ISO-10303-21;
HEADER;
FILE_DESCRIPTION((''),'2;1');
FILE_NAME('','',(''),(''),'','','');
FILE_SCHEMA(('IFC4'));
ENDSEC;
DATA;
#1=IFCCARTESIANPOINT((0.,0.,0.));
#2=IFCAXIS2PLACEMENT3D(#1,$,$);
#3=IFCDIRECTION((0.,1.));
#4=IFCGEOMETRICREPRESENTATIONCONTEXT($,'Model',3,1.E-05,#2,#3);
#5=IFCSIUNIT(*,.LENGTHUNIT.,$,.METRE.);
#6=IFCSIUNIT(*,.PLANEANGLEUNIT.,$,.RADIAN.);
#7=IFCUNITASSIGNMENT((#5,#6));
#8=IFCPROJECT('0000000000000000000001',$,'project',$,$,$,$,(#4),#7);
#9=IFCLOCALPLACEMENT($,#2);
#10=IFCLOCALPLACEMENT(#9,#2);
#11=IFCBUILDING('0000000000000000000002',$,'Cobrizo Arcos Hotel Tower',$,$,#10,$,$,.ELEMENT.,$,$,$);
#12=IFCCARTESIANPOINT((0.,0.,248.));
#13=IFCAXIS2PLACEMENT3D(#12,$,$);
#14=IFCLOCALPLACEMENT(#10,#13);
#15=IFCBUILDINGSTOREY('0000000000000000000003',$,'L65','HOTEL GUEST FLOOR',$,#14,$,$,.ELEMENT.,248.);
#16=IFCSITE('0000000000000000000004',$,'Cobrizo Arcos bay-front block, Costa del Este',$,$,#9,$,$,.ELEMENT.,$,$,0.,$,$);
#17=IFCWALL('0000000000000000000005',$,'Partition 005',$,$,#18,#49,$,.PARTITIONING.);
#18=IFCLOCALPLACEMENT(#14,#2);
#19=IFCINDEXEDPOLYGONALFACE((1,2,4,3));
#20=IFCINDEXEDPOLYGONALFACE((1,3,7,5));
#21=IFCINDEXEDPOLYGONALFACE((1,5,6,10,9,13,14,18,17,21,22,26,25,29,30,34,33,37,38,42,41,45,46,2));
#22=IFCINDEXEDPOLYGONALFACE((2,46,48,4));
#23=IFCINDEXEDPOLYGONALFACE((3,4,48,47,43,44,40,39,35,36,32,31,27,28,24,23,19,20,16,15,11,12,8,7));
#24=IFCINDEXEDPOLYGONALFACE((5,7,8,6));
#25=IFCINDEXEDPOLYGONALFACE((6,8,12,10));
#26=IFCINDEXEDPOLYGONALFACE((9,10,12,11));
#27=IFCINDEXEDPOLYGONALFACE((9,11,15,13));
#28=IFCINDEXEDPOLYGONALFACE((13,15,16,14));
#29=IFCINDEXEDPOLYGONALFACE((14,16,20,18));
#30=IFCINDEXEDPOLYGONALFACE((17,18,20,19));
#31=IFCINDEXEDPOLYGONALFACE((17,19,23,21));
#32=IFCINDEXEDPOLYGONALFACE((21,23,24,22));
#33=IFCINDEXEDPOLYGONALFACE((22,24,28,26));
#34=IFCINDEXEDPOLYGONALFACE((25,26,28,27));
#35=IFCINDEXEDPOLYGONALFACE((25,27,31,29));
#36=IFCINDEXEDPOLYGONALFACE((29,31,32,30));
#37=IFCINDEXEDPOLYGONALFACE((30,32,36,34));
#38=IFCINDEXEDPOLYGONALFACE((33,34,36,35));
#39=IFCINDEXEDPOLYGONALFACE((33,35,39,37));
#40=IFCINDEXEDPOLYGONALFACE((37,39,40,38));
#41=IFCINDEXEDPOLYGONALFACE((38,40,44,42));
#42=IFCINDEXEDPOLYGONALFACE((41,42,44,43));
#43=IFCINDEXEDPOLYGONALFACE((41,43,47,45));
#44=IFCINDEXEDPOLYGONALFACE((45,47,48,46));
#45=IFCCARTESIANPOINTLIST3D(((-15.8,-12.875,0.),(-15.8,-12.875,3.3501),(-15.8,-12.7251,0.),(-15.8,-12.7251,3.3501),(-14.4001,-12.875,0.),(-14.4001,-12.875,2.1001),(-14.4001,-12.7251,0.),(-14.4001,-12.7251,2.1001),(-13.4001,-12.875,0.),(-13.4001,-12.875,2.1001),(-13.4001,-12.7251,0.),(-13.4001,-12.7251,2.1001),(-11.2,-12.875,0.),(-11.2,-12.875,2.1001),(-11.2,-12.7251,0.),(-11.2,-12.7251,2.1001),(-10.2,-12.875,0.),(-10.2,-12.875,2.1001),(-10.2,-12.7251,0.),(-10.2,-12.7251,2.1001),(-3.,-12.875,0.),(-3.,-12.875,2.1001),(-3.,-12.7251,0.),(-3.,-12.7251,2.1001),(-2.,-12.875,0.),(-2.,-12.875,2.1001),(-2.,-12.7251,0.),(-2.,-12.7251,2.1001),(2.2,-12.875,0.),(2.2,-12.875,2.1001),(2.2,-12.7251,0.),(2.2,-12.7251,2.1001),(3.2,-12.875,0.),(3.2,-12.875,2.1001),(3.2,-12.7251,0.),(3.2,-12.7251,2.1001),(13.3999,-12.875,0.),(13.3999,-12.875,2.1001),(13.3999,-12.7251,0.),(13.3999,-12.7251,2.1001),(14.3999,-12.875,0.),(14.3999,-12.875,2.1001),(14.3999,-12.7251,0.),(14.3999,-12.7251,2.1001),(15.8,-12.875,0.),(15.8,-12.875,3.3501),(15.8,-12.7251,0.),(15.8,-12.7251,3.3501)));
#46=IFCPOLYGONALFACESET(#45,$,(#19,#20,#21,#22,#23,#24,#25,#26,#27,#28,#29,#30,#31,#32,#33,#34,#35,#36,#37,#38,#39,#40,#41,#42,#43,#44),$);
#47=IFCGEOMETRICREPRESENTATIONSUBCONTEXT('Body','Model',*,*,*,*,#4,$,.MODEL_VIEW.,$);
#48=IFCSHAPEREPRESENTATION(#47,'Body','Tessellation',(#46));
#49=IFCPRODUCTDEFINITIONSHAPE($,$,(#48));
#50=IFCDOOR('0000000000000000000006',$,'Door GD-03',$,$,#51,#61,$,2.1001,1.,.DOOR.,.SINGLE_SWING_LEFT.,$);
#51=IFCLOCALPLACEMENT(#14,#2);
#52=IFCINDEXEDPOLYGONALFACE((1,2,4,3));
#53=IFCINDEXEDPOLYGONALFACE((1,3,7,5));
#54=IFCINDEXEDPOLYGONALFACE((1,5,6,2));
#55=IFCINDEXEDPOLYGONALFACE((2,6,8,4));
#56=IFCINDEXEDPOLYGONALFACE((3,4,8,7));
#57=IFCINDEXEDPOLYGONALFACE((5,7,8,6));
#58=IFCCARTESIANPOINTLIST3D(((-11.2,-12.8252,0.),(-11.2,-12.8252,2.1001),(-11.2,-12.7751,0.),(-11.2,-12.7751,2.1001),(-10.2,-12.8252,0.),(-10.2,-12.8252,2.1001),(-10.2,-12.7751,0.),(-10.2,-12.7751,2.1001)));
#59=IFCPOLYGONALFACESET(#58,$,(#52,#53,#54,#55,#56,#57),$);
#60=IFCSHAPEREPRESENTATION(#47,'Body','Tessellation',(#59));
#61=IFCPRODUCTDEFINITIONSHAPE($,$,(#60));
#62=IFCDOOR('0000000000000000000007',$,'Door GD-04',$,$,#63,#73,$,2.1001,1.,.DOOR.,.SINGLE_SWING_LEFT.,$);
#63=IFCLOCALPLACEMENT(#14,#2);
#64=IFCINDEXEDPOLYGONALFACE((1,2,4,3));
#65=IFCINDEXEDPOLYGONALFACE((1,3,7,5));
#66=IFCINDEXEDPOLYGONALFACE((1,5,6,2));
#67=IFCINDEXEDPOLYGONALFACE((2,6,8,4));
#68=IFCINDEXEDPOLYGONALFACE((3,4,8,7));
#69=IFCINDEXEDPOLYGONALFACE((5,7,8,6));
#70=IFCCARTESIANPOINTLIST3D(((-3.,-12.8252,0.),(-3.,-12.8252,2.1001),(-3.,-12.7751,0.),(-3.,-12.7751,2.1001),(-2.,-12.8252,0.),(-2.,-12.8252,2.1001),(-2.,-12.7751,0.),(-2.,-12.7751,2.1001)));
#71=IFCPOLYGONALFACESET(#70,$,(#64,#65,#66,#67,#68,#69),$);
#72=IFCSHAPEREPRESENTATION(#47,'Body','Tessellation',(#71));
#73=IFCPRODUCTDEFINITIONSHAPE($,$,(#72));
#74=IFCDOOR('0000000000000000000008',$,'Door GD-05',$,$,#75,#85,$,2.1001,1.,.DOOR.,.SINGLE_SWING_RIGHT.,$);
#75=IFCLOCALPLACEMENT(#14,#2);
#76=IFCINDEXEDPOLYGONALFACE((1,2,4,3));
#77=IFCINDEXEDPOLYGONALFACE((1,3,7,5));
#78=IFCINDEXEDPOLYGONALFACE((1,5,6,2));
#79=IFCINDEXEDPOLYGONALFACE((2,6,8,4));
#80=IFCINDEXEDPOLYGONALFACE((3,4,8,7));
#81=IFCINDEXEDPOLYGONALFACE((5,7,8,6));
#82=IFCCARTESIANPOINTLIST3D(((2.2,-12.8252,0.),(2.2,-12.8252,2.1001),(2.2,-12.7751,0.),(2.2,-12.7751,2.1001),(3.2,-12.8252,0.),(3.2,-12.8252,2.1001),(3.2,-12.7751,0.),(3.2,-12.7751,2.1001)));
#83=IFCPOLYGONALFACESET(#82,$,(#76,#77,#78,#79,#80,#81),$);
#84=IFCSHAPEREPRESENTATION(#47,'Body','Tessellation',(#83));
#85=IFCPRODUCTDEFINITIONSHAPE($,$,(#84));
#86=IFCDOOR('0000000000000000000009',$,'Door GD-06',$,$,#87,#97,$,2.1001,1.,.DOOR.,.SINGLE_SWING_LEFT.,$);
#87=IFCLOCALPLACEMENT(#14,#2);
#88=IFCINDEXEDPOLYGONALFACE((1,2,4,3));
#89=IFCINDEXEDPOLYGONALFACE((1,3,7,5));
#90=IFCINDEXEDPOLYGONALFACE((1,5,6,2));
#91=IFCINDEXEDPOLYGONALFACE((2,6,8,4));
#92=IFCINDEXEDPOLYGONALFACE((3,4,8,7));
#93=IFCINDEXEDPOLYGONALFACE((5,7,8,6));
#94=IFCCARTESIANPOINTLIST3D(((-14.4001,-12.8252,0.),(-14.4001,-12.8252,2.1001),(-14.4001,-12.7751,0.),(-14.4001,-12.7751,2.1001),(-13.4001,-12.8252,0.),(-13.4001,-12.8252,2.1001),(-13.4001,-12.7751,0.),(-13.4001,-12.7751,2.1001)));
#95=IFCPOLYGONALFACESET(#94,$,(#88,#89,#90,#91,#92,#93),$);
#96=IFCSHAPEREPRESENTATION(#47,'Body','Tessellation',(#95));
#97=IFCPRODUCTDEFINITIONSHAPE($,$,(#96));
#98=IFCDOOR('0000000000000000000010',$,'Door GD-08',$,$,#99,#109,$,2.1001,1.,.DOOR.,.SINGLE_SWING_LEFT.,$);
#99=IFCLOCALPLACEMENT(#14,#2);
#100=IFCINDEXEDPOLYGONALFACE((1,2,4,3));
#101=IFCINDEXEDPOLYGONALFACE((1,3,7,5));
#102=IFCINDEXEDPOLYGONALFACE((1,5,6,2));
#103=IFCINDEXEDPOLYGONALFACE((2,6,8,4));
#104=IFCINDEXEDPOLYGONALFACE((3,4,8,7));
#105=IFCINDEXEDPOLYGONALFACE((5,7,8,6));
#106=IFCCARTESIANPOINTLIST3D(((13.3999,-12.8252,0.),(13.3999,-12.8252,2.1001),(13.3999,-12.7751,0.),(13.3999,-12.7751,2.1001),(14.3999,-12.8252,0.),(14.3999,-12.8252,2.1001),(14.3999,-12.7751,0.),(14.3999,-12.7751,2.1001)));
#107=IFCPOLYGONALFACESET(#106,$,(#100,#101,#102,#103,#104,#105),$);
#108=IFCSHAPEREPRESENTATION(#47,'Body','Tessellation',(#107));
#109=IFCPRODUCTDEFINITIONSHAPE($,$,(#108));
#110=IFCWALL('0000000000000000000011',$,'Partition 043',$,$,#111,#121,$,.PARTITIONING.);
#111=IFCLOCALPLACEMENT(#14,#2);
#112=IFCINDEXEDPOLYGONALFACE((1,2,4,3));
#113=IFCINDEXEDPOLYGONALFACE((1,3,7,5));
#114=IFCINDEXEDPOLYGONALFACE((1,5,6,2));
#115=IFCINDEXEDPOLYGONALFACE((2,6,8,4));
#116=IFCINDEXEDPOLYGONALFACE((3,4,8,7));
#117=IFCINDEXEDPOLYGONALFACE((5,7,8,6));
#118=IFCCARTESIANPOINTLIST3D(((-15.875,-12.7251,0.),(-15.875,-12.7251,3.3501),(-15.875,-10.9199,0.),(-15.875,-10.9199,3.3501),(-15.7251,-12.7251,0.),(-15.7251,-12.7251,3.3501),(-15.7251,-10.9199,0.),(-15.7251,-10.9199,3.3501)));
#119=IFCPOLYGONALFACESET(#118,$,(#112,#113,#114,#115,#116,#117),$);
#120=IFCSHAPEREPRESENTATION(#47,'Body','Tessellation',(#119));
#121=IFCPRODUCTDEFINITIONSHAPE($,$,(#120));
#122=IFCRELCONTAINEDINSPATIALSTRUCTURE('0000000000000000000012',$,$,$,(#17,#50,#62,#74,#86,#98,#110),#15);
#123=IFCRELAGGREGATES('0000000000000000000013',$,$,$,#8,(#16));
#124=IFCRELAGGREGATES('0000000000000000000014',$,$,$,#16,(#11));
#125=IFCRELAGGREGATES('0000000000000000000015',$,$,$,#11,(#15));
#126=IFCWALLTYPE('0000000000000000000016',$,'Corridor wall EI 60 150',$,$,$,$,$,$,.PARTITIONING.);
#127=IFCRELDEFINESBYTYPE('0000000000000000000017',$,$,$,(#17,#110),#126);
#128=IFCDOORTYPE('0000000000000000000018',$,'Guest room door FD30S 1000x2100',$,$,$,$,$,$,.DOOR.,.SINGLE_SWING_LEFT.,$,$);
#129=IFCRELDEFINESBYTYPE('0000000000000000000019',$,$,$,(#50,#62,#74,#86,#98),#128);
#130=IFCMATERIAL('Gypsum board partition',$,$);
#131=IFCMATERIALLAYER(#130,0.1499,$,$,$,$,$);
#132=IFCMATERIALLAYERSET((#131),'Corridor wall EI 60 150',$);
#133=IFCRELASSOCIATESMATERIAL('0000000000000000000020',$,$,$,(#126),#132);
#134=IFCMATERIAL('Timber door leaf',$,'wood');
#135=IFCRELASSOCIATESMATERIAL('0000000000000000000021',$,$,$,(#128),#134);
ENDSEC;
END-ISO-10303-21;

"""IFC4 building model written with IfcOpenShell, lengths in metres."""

from ifc_helpers import new_model, si_unit, direction, frame, frame_2d, origin, place, context, subcontext, project, spatial, rectangle, extrude, material, layer, layer_set, type_object, element, fill, save


model = new_model("IFC4")

# Units and contexts
model_context = context("Model", 3, precision=1e-05, world=origin(), true_north=direction((0.0, 1.0)))
body_context = subcontext(model_context, "Body", "Model", "MODEL_VIEW")
ifc_project = project(units=[si_unit("LENGTHUNIT", "METRE"), si_unit("PLANEANGLEUNIT", "RADIAN")], contexts=[model_context])

# Site, building, storey
site_placement = place(None, origin())
site = spatial("IfcSite", under=ifc_project, at=site_placement, Name="Cobrizo Arcos bay-front block, Costa del Este", CompositionType="ELEMENT", RefElevation=0.0)
building_placement = place(site_placement, origin())
building = spatial("IfcBuilding", under=site, at=building_placement, Name="Cobrizo Arcos Hotel Tower", CompositionType="ELEMENT")
storey_placement = place(building_placement, frame((0.0, 0.0, 248.0)))
storey = spatial("IfcBuildingStorey", under=building, at=storey_placement, Name="L65", Description="HOTEL GUEST FLOOR", CompositionType="ELEMENT", Elevation=248.0)

# Wall, openings, doors
ifc_material_1 = material(Name="Gypsum board partition")
ifc_layer_1 = layer(ifc_material_1, 0.1499)
ifc_layer_set_1 = layer_set([ifc_layer_1], Name="Corridor wall EI 60 150")
wall_type_1 = type_object("IfcWallType", Name="Corridor wall EI 60 150", PredefinedType="PARTITIONING", material=ifc_layer_set_1)
wall_1_placement = place(storey_placement, frame((-15.8, -12.8, 0.0), z_axis=(0.0, 0.0, 1.0), x_axis=(1.0, 0.0, 0.0)))
wall_1 = element("IfcWall", 1, at=wall_1_placement, inside=storey, type_object=wall_type_1, Name="Partition 005", PredefinedType="PARTITIONING", context=body_context, shape_type="SweptSolid", body=[
    extrude(rectangle(XDim=31.6001, YDim=0.1499, at=frame_2d((15.8, 0.0))), origin(), (0.0, 0.0, 1.0), 3.3501),
])
opening_1_placement = place(wall_1_placement, frame((4.6001, 0.0, 0.0)))
opening_1 = element("IfcOpeningElement", 2, at=opening_1_placement, cuts=wall_1, PredefinedType="OPENING", context=body_context, shape_type="SweptSolid", body=[
    extrude(rectangle(XDim=1.0, YDim=2.1001, at=frame_2d((0.5, 1.05))), frame((0.0, 0.0869, 0.0), z_axis=(0.0, -1.0, 0.0), x_axis=(1.0, 0.0, 0.0)), (0.0, 0.0, 1.0), 0.1738),
])
opening_2_placement = place(wall_1_placement, frame((12.8, 0.0, 0.0)))
opening_2 = element("IfcOpeningElement", 3, at=opening_2_placement, cuts=wall_1, PredefinedType="OPENING", context=body_context, shape_type="SweptSolid", body=[
    extrude(rectangle(XDim=1.0, YDim=2.1001, at=frame_2d((0.5, 1.05))), frame((0.0, 0.0869, 0.0), z_axis=(0.0, -1.0, 0.0), x_axis=(1.0, 0.0, 0.0)), (0.0, 0.0, 1.0), 0.1738),
])
opening_3_placement = place(wall_1_placement, frame((18.0, 0.0, 0.0)))
opening_3 = element("IfcOpeningElement", 4, at=opening_3_placement, cuts=wall_1, PredefinedType="OPENING", context=body_context, shape_type="SweptSolid", body=[
    extrude(rectangle(XDim=1.0, YDim=2.1001, at=frame_2d((0.5, 1.05))), frame((0.0, 0.0869, 0.0), z_axis=(0.0, -1.0, 0.0), x_axis=(1.0, 0.0, 0.0)), (0.0, 0.0, 1.0), 0.1738),
])
opening_4_placement = place(wall_1_placement, frame((1.3999, 0.0, 0.0)))
opening_4 = element("IfcOpeningElement", 5, at=opening_4_placement, cuts=wall_1, PredefinedType="OPENING", context=body_context, shape_type="SweptSolid", body=[
    extrude(rectangle(XDim=1.0, YDim=2.1001, at=frame_2d((0.5, 1.05))), frame((0.0, 0.0869, 0.0), z_axis=(0.0, -1.0, 0.0), x_axis=(1.0, 0.0, 0.0)), (0.0, 0.0, 1.0), 0.1738),
])
opening_5_placement = place(wall_1_placement, frame((29.2, 0.0, 0.0)))
opening_5 = element("IfcOpeningElement", 6, at=opening_5_placement, cuts=wall_1, PredefinedType="OPENING", context=body_context, shape_type="SweptSolid", body=[
    extrude(rectangle(XDim=1.0, YDim=2.1001, at=frame_2d((0.5, 1.05))), frame((0.0, 0.0869, 0.0), z_axis=(0.0, -1.0, 0.0), x_axis=(1.0, 0.0, 0.0)), (0.0, 0.0, 1.0), 0.1738),
])
ifc_material_2 = material(Name="Timber door leaf", Category="wood")
door_type_1 = type_object("IfcDoorType", Name="Guest room door FD30S 1000x2100", OperationType="SINGLE_SWING_LEFT", PredefinedType="DOOR", material=ifc_material_2)
door_1_placement = place(opening_1_placement, origin())
door_1 = element("IfcDoor", 7, at=door_1_placement, inside=storey, type_object=door_type_1, Name="Door GD-03", OperationType="SINGLE_SWING_LEFT", OverallHeight=2.1001, OverallWidth=1.0, PredefinedType="DOOR", context=body_context, shape_type="SweptSolid", body=[
    extrude(rectangle(XDim=1.0, YDim=2.1001, at=frame_2d((0.5, 1.05))), frame((0.0, 0.0249, 0.0), z_axis=(0.0, -1.0, 0.0), x_axis=(1.0, 0.0, 0.0)), (0.0, 0.0, 1.0), 0.05),
])
fill(opening_1, door_1)
door_2_placement = place(opening_2_placement, origin())
door_2 = element("IfcDoor", 8, at=door_2_placement, inside=storey, type_object=door_type_1, Name="Door GD-04", OperationType="SINGLE_SWING_LEFT", OverallHeight=2.1001, OverallWidth=1.0, PredefinedType="DOOR", context=body_context, shape_type="SweptSolid", body=[
    extrude(rectangle(XDim=1.0, YDim=2.1001, at=frame_2d((0.5, 1.05))), frame((0.0, 0.0249, 0.0), z_axis=(0.0, -1.0, 0.0), x_axis=(1.0, 0.0, 0.0)), (0.0, 0.0, 1.0), 0.05),
])
fill(opening_2, door_2)
door_3_placement = place(opening_3_placement, origin())
door_3 = element("IfcDoor", 9, at=door_3_placement, inside=storey, type_object=door_type_1, Name="Door GD-05", OperationType="SINGLE_SWING_RIGHT", OverallHeight=2.1001, OverallWidth=1.0, PredefinedType="DOOR", context=body_context, shape_type="SweptSolid", body=[
    extrude(rectangle(XDim=1.0, YDim=2.1001, at=frame_2d((0.5, 1.05))), frame((0.0, 0.0249, 0.0), z_axis=(0.0, -1.0, 0.0), x_axis=(1.0, 0.0, 0.0)), (0.0, 0.0, 1.0), 0.05),
])
fill(opening_3, door_3)
door_4_placement = place(opening_4_placement, origin())
door_4 = element("IfcDoor", 10, at=door_4_placement, inside=storey, type_object=door_type_1, Name="Door GD-06", OperationType="SINGLE_SWING_LEFT", OverallHeight=2.1001, OverallWidth=1.0, PredefinedType="DOOR", context=body_context, shape_type="SweptSolid", body=[
    extrude(rectangle(XDim=1.0, YDim=2.1001, at=frame_2d((0.5, 1.05))), frame((0.0, 0.0249, 0.0), z_axis=(0.0, -1.0, 0.0), x_axis=(1.0, 0.0, 0.0)), (0.0, 0.0, 1.0), 0.05),
])
fill(opening_4, door_4)
door_5_placement = place(opening_5_placement, origin())
door_5 = element("IfcDoor", 11, at=door_5_placement, inside=storey, type_object=door_type_1, Name="Door GD-08", OperationType="SINGLE_SWING_LEFT", OverallHeight=2.1001, OverallWidth=1.0, PredefinedType="DOOR", context=body_context, shape_type="SweptSolid", body=[
    extrude(rectangle(XDim=1.0, YDim=2.1001, at=frame_2d((0.5, 1.05))), frame((0.0, 0.0249, 0.0), z_axis=(0.0, -1.0, 0.0), x_axis=(1.0, 0.0, 0.0)), (0.0, 0.0, 1.0), 0.05),
])
fill(opening_5, door_5)

# Wall
wall_2_placement = place(storey_placement, frame((-15.8, -12.7251, 0.0), z_axis=(0.0, 0.0, 1.0), x_axis=(0.0, 1.0, 0.0)))
element("IfcWall", 12, at=wall_2_placement, inside=storey, type_object=wall_type_1, Name="Partition 043", PredefinedType="PARTITIONING", context=body_context, shape_type="SweptSolid", body=[
    extrude(rectangle(XDim=1.8052, YDim=0.1499, at=frame_2d((0.9026, 0.0))), origin(), (0.0, 0.0, 1.0), 3.3501),
])

save(model, "model.ifc")
